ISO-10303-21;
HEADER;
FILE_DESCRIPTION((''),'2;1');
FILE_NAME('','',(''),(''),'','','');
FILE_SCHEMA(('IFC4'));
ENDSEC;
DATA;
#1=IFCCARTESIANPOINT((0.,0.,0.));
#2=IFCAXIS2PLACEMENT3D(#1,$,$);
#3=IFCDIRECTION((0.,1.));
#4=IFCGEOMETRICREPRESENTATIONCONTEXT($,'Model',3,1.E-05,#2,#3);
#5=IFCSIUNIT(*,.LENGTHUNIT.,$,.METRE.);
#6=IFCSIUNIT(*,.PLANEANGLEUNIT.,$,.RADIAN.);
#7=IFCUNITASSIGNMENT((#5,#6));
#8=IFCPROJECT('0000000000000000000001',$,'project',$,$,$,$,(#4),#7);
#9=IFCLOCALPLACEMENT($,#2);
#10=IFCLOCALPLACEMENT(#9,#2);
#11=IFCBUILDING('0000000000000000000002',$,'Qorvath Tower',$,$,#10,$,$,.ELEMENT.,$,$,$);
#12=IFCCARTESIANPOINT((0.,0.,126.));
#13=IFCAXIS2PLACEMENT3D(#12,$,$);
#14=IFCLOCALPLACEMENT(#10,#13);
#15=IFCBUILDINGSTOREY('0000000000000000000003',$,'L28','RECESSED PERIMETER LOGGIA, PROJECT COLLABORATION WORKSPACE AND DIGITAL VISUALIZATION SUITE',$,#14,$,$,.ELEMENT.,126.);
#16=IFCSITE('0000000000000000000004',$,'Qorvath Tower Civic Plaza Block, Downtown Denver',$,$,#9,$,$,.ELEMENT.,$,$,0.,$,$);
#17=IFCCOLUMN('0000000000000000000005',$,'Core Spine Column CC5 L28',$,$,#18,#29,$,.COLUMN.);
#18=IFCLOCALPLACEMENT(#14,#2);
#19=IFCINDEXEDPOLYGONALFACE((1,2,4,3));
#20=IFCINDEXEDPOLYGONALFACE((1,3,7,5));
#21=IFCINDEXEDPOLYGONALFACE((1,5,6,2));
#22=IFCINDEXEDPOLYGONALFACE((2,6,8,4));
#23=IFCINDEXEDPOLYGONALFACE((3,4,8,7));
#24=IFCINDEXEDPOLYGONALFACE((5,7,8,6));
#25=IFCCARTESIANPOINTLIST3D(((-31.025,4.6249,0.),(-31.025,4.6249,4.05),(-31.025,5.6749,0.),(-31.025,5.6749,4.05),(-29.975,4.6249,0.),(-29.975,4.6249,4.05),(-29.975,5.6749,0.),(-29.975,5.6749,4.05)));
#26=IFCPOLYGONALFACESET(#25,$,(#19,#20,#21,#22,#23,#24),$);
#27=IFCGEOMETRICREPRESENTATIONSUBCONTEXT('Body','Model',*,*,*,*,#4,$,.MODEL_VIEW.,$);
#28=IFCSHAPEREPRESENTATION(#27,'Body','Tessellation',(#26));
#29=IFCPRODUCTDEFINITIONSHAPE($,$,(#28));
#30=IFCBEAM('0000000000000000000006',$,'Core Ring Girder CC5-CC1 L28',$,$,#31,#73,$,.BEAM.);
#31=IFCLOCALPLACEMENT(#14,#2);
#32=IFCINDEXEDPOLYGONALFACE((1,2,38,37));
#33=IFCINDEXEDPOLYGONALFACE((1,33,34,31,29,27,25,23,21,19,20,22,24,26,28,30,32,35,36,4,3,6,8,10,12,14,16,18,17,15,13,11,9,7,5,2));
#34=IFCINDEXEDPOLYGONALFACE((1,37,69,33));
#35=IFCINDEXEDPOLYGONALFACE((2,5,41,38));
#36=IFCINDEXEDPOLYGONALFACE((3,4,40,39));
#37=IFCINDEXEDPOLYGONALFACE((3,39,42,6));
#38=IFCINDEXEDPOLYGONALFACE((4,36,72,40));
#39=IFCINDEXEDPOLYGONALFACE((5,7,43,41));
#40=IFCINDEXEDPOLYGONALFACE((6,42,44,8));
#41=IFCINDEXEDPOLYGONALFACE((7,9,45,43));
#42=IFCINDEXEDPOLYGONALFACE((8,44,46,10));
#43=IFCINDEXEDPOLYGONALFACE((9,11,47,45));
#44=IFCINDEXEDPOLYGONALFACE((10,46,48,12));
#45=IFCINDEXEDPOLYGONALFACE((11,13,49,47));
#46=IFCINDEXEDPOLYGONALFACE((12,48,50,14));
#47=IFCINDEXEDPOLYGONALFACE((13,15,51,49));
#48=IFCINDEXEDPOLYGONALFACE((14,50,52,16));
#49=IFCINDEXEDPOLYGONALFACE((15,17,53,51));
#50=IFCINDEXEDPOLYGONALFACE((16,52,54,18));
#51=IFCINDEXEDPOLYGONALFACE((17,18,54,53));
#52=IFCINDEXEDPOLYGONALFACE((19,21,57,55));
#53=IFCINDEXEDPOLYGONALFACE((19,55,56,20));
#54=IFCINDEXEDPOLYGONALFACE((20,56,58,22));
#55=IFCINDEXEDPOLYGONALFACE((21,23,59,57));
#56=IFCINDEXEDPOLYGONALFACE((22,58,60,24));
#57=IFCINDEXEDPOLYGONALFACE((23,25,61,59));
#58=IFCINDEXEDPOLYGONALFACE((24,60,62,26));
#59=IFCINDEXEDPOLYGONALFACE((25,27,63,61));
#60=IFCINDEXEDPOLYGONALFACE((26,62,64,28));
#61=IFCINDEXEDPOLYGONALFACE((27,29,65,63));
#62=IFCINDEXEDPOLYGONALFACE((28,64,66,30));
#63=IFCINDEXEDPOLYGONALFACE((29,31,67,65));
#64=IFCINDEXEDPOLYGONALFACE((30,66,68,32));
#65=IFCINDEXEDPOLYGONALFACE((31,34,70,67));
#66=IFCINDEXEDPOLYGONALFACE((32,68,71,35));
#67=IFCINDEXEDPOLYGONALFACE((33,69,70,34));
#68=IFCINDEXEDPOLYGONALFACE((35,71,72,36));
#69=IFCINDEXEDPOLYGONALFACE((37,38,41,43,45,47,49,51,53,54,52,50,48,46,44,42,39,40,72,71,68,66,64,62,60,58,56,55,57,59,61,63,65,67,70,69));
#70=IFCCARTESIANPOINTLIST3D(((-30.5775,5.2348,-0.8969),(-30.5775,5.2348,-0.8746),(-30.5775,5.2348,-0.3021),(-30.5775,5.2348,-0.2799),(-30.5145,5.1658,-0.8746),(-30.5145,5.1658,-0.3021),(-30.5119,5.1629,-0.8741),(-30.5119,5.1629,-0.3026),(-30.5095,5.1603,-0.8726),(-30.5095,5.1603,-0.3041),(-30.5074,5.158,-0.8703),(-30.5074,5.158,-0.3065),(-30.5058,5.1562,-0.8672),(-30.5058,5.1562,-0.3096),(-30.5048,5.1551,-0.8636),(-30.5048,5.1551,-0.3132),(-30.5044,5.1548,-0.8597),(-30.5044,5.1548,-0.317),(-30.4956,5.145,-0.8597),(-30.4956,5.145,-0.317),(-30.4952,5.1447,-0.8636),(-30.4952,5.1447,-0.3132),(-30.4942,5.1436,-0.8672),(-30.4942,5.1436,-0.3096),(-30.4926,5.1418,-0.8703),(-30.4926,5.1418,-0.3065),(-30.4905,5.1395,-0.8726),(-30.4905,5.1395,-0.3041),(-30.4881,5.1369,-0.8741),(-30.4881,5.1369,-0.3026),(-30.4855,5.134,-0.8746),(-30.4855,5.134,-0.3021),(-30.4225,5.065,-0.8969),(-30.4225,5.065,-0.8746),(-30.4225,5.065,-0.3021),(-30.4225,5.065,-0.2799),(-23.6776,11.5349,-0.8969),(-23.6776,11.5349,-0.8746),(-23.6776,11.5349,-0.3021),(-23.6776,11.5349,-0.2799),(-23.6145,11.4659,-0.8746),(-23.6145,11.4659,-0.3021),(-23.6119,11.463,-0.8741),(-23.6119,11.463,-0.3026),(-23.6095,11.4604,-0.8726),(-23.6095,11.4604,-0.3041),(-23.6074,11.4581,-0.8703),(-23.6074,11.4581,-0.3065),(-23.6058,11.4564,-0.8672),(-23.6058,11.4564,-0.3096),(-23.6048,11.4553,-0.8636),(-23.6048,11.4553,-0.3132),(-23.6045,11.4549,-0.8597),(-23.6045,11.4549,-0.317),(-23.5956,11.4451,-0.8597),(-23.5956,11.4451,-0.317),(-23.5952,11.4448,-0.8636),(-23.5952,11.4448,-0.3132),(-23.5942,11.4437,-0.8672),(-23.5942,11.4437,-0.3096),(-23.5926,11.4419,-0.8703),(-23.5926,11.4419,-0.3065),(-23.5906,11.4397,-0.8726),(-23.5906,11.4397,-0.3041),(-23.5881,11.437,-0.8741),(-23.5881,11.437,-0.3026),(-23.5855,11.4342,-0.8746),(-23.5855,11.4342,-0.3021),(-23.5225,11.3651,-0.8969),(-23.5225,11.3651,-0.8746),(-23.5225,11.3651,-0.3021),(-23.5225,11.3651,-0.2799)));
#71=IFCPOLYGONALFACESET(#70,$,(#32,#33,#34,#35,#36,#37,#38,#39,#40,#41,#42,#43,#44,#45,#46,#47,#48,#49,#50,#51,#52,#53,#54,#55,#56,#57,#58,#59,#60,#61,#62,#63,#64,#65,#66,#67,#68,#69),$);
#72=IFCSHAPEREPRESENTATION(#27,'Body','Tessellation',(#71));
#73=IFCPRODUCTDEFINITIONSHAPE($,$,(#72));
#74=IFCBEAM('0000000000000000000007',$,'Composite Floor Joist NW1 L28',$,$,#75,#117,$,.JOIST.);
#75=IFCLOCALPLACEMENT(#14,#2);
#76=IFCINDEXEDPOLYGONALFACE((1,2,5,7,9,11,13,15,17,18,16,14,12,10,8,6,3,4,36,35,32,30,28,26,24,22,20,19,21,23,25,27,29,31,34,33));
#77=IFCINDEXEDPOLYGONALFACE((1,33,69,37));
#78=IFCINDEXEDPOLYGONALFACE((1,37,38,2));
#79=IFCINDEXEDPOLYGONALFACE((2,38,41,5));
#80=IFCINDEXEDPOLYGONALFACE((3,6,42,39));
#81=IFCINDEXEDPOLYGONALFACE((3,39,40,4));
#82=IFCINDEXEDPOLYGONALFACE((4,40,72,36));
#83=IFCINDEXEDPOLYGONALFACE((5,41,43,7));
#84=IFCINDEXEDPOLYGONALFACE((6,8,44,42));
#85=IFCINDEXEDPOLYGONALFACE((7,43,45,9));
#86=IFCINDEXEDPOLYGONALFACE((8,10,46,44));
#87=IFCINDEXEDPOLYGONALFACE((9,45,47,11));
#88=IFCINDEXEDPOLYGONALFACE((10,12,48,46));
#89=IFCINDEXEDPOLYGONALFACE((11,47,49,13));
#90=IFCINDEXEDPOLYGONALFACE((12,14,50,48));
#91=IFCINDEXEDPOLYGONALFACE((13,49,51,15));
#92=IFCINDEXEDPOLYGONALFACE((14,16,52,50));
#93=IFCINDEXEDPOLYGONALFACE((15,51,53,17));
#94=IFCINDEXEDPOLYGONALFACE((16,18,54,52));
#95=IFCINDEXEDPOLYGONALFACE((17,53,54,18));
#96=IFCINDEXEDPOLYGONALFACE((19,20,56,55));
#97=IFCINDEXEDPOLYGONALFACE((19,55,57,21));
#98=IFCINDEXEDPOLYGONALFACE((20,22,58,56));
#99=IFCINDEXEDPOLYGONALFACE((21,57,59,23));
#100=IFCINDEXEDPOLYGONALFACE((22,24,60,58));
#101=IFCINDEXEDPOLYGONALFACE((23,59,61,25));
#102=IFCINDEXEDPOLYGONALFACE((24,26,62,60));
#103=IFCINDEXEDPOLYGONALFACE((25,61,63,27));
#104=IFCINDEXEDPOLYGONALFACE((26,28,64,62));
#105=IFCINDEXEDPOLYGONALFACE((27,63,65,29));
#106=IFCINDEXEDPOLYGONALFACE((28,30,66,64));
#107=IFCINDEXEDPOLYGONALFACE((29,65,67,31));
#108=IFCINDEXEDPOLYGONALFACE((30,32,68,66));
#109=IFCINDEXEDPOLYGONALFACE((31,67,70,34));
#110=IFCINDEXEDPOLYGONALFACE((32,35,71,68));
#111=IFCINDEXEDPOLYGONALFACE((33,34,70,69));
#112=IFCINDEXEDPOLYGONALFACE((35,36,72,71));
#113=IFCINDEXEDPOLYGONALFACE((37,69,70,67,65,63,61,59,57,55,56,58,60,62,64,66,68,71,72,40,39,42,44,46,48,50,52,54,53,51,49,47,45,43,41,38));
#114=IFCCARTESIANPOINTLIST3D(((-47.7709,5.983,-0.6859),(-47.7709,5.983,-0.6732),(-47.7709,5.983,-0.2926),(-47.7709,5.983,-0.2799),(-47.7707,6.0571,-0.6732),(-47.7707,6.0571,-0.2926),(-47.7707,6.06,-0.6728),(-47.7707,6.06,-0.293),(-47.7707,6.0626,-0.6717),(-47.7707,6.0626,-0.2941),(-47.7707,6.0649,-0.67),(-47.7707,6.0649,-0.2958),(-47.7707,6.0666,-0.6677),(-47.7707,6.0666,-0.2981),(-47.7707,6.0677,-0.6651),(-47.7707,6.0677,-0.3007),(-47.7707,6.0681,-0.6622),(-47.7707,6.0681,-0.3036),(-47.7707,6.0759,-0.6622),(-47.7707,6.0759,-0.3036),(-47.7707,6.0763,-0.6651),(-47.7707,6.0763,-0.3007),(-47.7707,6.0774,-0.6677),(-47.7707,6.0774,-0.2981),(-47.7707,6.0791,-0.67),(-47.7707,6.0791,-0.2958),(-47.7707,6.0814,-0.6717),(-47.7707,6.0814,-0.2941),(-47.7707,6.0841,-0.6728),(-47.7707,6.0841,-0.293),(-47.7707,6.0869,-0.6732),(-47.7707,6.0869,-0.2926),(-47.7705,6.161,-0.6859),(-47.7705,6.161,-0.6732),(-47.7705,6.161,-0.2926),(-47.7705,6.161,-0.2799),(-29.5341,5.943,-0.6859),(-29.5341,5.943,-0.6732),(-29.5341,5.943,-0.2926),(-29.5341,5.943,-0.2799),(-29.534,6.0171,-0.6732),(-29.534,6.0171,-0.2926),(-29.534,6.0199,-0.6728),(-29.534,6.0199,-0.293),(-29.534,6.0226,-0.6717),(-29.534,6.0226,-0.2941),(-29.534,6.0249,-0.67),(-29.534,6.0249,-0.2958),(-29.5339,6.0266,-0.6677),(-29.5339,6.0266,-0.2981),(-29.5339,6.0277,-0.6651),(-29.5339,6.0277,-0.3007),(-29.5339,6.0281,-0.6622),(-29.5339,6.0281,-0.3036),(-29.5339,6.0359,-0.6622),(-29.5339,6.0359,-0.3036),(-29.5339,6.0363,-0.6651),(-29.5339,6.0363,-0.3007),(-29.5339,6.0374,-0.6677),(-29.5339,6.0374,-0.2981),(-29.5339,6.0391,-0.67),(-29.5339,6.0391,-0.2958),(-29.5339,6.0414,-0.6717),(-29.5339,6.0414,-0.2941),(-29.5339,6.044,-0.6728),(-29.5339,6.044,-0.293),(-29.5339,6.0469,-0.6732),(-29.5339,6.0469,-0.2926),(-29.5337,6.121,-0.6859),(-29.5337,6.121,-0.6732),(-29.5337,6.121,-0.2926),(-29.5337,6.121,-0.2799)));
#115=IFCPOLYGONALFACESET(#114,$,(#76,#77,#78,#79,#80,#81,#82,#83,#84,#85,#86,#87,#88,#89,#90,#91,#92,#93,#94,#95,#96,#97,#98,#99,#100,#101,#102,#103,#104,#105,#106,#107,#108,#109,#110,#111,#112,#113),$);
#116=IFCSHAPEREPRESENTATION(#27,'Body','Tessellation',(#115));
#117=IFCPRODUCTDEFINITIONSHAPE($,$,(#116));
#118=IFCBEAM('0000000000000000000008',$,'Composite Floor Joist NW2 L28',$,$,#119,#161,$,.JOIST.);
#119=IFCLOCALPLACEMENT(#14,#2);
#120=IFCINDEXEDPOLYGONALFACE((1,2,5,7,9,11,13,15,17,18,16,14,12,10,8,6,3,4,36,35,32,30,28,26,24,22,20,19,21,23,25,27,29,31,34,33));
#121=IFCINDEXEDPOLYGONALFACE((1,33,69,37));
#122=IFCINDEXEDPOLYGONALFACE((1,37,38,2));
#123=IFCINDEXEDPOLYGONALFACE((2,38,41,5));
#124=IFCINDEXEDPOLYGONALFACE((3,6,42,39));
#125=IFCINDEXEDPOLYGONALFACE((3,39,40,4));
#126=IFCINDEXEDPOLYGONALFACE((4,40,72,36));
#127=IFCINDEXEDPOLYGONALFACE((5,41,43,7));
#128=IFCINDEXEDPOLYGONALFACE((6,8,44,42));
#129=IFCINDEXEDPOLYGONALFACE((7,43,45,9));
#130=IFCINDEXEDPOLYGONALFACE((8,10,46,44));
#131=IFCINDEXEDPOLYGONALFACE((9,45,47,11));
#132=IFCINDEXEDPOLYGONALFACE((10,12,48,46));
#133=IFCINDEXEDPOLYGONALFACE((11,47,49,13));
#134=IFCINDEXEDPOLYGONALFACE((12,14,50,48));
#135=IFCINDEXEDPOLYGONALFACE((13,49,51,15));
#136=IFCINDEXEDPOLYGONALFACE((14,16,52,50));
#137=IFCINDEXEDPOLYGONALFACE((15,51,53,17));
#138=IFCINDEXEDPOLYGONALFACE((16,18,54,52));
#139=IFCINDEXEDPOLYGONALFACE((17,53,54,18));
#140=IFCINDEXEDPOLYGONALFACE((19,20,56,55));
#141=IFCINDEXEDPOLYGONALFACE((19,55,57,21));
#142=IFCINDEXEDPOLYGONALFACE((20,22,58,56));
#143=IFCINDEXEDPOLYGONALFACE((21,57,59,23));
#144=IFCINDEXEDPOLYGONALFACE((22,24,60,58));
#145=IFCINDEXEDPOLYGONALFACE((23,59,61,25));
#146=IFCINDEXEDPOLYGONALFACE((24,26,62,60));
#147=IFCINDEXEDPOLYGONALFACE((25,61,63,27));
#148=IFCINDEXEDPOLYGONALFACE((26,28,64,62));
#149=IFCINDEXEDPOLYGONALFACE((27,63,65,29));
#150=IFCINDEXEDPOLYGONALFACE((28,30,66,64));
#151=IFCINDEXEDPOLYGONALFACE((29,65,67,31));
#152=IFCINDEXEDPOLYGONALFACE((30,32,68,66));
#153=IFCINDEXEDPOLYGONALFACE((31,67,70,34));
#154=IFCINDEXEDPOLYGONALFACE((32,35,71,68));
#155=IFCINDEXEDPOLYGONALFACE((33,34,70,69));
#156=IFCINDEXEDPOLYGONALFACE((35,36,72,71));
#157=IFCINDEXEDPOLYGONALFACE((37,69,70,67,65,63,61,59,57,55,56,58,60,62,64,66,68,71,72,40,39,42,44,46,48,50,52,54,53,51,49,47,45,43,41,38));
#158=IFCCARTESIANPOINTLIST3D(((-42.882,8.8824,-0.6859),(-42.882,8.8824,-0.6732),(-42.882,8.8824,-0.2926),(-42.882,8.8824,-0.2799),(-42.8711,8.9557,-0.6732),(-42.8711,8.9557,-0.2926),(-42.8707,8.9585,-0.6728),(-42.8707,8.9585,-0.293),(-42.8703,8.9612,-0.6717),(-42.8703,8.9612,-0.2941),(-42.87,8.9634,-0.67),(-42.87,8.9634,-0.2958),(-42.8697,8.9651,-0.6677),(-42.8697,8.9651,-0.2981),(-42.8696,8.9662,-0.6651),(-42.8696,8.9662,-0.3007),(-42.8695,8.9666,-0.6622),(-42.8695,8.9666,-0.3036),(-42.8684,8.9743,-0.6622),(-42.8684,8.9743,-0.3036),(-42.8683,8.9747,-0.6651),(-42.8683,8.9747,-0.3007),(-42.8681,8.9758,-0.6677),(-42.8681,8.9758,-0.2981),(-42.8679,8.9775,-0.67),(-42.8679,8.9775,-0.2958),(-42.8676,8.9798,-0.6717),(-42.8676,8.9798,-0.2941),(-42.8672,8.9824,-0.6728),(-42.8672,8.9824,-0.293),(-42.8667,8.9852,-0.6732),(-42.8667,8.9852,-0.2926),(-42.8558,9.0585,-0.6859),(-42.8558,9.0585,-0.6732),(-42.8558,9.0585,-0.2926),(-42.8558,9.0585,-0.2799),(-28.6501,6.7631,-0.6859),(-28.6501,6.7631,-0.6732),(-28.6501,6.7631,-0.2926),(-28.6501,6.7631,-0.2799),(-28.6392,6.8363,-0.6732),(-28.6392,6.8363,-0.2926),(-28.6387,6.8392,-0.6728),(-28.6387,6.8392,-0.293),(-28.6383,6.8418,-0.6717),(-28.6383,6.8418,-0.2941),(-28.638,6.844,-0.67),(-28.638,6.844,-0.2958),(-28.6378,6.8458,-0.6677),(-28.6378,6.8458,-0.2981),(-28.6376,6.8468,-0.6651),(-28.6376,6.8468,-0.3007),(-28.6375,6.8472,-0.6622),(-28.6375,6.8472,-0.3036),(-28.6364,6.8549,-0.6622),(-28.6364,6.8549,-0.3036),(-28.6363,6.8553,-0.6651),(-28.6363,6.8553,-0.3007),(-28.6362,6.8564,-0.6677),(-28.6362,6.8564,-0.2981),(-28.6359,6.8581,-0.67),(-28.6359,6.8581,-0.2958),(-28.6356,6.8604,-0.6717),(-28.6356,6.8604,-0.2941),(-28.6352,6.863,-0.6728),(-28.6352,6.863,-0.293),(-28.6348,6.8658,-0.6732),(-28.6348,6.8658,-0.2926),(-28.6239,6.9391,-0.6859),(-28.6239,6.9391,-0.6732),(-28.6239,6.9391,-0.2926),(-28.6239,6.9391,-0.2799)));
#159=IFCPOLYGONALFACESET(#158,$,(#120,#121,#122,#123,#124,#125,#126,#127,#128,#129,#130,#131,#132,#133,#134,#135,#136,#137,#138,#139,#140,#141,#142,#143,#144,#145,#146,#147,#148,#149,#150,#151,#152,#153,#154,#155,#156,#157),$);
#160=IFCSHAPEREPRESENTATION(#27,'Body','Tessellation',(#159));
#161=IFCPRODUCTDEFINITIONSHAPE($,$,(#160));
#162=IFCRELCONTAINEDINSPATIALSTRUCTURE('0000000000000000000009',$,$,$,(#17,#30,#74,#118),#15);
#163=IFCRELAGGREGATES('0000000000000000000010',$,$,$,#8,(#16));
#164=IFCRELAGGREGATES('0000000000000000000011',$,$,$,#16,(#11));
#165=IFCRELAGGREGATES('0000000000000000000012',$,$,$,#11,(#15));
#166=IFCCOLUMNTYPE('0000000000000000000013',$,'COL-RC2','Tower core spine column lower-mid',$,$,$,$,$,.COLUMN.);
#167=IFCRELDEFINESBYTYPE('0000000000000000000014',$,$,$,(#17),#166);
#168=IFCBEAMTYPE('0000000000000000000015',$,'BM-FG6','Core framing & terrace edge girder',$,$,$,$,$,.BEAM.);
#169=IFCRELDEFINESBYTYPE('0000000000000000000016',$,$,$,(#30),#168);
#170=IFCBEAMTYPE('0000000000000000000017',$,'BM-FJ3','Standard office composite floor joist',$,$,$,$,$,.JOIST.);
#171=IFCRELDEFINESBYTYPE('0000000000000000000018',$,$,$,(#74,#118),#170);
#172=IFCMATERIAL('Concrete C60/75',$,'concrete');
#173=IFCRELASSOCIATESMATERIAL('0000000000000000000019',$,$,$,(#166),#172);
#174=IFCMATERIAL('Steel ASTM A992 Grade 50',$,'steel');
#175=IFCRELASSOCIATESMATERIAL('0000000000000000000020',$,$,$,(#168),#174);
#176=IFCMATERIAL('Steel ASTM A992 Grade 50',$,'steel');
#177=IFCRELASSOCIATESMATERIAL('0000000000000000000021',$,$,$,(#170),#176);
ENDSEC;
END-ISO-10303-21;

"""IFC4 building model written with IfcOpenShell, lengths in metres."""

from ifc_helpers import new_model, si_unit, direction, frame, origin, origin_2d, place, context, subcontext, project, spatial, rectangle, i_section, extrude, material, material_profile, profile_set, type_object, element, save


model = new_model("IFC4")

# Units and contexts
model_context = context("Model", 3, precision=1e-05, world=origin(), true_north=direction((0.0, 1.0)))
body_context = subcontext(model_context, "Body", "Model", "MODEL_VIEW")
ifc_project = project(units=[si_unit("LENGTHUNIT", "METRE"), si_unit("PLANEANGLEUNIT", "RADIAN")], contexts=[model_context])

# Site, building, storey
site_placement = place(None, origin())
site = spatial("IfcSite", under=ifc_project, at=site_placement, Name="Qorvath Tower Civic Plaza Block, Downtown Denver", CompositionType="ELEMENT", RefElevation=0.0)
building_placement = place(site_placement, origin())
building = spatial("IfcBuilding", under=site, at=building_placement, Name="Qorvath Tower", CompositionType="ELEMENT")
storey_placement = place(building_placement, frame((0.0, 0.0, 126.0)))
storey = spatial("IfcBuildingStorey", under=building, at=storey_placement, Name="L28", Description="RECESSED PERIMETER LOGGIA, PROJECT COLLABORATION WORKSPACE AND DIGITAL VISUALIZATION SUITE", CompositionType="ELEMENT", Elevation=126.0)

# Column
ifc_material_1 = material(Name="Concrete C60/75", Category="concrete")
ifc_material_profile_1 = material_profile(ifc_material_1, rectangle(XDim=1.05, YDim=1.05, at=origin_2d()), Name="RC 1050x1050")
ifc_profile_set_1 = profile_set([ifc_material_profile_1], Name="Concrete C60/75")
column_type = type_object("IfcColumnType", Name="COL-RC2", Description="Tower core spine column lower-mid", PredefinedType="COLUMN", material=ifc_profile_set_1)
column_placement = place(storey_placement, frame((-30.5, 5.1499, 0.0), z_axis=(0.0, 0.0, 1.0), x_axis=(1.0, 0.0, 0.0)))
element("IfcColumn", 1, at=column_placement, inside=storey, type_object=column_type, Name="Core Spine Column CC5 L28", PredefinedType="COLUMN", context=body_context, shape_type="SweptSolid", body=[
    extrude(rectangle(XDim=1.05, YDim=1.05, at=origin_2d()), origin(), (0.0, 0.0, 1.0), 4.05),
])

# Beams
ifc_material_2 = material(Name="Steel ASTM A992 Grade 50", Category="steel")
ifc_material_profile_2 = material_profile(ifc_material_2, i_section(OverallWidth=0.23, OverallDepth=0.6169, WebThickness=0.0132, FlangeThickness=0.0222, FilletRadius=0.0149, at=origin_2d()), Name="W24x94")
ifc_profile_set_2 = profile_set([ifc_material_profile_2], Name="Steel ASTM A992 Grade 50")
beam_type_1 = type_object("IfcBeamType", Name="BM-FG6", Description="Core framing & terrace edge girder", PredefinedType="BEAM", material=ifc_profile_set_2)
beam_1_placement = place(storey_placement, frame((-30.5, 5.1499, -0.5884), z_axis=(0.738478, 0.674277, 0.0), x_axis=(-0.674277, 0.738478, 0.0)))
element("IfcBeam", 2, at=beam_1_placement, inside=storey, type_object=beam_type_1, Name="Core Ring Girder CC5-CC1 L28", PredefinedType="BEAM", context=body_context, shape_type="SweptSolid", body=[
    extrude(i_section(OverallWidth=0.23, OverallDepth=0.6169, WebThickness=0.0132, FlangeThickness=0.0222, FilletRadius=0.0149, at=origin_2d()), origin(), (0.0, 0.0, 1.0), 9.3435),
])
ifc_material_3 = material(Name="Steel ASTM A992 Grade 50", Category="steel")
ifc_material_profile_3 = material_profile(ifc_material_3, i_section(OverallWidth=0.178, OverallDepth=0.406, WebThickness=0.0078, FlangeThickness=0.0127, FilletRadius=0.011, at=origin_2d()), Name="W16x40")
ifc_profile_set_3 = profile_set([ifc_material_profile_3], Name="Steel ASTM A992 Grade 50")
beam_type_2 = type_object("IfcBeamType", Name="BM-FJ3", Description="Standard office composite floor joist", PredefinedType="JOIST", material=ifc_profile_set_3)
beam_2_placement = place(storey_placement, frame((-29.5339, 6.032, -0.4829), z_axis=(-0.999998, 0.002196, 0.0), x_axis=(-0.002196, -0.999998, 0.0)))
element("IfcBeam", 3, at=beam_2_placement, inside=storey, type_object=beam_type_2, Name="Composite Floor Joist NW1 L28", PredefinedType="JOIST", context=body_context, shape_type="SweptSolid", body=[
    extrude(i_section(OverallWidth=0.178, OverallDepth=0.406, WebThickness=0.0078, FlangeThickness=0.0127, FilletRadius=0.011, at=origin_2d()), origin(), (0.0, 0.0, 1.0), 18.2368),
])
beam_3_placement = place(storey_placement, frame((-28.637, 6.8511, -0.4829), z_axis=(-0.989093, 0.147293, 0.0), x_axis=(-0.147293, -0.989093, 0.0)))
element("IfcBeam", 4, at=beam_3_placement, inside=storey, type_object=beam_type_2, Name="Composite Floor Joist NW2 L28", PredefinedType="JOIST", context=body_context, shape_type="SweptSolid", body=[
    extrude(i_section(OverallWidth=0.178, OverallDepth=0.406, WebThickness=0.0078, FlangeThickness=0.0127, FilletRadius=0.011, at=origin_2d()), origin(), (0.0, 0.0, 1.0), 14.3889),
])

save(model, "model.ifc")
